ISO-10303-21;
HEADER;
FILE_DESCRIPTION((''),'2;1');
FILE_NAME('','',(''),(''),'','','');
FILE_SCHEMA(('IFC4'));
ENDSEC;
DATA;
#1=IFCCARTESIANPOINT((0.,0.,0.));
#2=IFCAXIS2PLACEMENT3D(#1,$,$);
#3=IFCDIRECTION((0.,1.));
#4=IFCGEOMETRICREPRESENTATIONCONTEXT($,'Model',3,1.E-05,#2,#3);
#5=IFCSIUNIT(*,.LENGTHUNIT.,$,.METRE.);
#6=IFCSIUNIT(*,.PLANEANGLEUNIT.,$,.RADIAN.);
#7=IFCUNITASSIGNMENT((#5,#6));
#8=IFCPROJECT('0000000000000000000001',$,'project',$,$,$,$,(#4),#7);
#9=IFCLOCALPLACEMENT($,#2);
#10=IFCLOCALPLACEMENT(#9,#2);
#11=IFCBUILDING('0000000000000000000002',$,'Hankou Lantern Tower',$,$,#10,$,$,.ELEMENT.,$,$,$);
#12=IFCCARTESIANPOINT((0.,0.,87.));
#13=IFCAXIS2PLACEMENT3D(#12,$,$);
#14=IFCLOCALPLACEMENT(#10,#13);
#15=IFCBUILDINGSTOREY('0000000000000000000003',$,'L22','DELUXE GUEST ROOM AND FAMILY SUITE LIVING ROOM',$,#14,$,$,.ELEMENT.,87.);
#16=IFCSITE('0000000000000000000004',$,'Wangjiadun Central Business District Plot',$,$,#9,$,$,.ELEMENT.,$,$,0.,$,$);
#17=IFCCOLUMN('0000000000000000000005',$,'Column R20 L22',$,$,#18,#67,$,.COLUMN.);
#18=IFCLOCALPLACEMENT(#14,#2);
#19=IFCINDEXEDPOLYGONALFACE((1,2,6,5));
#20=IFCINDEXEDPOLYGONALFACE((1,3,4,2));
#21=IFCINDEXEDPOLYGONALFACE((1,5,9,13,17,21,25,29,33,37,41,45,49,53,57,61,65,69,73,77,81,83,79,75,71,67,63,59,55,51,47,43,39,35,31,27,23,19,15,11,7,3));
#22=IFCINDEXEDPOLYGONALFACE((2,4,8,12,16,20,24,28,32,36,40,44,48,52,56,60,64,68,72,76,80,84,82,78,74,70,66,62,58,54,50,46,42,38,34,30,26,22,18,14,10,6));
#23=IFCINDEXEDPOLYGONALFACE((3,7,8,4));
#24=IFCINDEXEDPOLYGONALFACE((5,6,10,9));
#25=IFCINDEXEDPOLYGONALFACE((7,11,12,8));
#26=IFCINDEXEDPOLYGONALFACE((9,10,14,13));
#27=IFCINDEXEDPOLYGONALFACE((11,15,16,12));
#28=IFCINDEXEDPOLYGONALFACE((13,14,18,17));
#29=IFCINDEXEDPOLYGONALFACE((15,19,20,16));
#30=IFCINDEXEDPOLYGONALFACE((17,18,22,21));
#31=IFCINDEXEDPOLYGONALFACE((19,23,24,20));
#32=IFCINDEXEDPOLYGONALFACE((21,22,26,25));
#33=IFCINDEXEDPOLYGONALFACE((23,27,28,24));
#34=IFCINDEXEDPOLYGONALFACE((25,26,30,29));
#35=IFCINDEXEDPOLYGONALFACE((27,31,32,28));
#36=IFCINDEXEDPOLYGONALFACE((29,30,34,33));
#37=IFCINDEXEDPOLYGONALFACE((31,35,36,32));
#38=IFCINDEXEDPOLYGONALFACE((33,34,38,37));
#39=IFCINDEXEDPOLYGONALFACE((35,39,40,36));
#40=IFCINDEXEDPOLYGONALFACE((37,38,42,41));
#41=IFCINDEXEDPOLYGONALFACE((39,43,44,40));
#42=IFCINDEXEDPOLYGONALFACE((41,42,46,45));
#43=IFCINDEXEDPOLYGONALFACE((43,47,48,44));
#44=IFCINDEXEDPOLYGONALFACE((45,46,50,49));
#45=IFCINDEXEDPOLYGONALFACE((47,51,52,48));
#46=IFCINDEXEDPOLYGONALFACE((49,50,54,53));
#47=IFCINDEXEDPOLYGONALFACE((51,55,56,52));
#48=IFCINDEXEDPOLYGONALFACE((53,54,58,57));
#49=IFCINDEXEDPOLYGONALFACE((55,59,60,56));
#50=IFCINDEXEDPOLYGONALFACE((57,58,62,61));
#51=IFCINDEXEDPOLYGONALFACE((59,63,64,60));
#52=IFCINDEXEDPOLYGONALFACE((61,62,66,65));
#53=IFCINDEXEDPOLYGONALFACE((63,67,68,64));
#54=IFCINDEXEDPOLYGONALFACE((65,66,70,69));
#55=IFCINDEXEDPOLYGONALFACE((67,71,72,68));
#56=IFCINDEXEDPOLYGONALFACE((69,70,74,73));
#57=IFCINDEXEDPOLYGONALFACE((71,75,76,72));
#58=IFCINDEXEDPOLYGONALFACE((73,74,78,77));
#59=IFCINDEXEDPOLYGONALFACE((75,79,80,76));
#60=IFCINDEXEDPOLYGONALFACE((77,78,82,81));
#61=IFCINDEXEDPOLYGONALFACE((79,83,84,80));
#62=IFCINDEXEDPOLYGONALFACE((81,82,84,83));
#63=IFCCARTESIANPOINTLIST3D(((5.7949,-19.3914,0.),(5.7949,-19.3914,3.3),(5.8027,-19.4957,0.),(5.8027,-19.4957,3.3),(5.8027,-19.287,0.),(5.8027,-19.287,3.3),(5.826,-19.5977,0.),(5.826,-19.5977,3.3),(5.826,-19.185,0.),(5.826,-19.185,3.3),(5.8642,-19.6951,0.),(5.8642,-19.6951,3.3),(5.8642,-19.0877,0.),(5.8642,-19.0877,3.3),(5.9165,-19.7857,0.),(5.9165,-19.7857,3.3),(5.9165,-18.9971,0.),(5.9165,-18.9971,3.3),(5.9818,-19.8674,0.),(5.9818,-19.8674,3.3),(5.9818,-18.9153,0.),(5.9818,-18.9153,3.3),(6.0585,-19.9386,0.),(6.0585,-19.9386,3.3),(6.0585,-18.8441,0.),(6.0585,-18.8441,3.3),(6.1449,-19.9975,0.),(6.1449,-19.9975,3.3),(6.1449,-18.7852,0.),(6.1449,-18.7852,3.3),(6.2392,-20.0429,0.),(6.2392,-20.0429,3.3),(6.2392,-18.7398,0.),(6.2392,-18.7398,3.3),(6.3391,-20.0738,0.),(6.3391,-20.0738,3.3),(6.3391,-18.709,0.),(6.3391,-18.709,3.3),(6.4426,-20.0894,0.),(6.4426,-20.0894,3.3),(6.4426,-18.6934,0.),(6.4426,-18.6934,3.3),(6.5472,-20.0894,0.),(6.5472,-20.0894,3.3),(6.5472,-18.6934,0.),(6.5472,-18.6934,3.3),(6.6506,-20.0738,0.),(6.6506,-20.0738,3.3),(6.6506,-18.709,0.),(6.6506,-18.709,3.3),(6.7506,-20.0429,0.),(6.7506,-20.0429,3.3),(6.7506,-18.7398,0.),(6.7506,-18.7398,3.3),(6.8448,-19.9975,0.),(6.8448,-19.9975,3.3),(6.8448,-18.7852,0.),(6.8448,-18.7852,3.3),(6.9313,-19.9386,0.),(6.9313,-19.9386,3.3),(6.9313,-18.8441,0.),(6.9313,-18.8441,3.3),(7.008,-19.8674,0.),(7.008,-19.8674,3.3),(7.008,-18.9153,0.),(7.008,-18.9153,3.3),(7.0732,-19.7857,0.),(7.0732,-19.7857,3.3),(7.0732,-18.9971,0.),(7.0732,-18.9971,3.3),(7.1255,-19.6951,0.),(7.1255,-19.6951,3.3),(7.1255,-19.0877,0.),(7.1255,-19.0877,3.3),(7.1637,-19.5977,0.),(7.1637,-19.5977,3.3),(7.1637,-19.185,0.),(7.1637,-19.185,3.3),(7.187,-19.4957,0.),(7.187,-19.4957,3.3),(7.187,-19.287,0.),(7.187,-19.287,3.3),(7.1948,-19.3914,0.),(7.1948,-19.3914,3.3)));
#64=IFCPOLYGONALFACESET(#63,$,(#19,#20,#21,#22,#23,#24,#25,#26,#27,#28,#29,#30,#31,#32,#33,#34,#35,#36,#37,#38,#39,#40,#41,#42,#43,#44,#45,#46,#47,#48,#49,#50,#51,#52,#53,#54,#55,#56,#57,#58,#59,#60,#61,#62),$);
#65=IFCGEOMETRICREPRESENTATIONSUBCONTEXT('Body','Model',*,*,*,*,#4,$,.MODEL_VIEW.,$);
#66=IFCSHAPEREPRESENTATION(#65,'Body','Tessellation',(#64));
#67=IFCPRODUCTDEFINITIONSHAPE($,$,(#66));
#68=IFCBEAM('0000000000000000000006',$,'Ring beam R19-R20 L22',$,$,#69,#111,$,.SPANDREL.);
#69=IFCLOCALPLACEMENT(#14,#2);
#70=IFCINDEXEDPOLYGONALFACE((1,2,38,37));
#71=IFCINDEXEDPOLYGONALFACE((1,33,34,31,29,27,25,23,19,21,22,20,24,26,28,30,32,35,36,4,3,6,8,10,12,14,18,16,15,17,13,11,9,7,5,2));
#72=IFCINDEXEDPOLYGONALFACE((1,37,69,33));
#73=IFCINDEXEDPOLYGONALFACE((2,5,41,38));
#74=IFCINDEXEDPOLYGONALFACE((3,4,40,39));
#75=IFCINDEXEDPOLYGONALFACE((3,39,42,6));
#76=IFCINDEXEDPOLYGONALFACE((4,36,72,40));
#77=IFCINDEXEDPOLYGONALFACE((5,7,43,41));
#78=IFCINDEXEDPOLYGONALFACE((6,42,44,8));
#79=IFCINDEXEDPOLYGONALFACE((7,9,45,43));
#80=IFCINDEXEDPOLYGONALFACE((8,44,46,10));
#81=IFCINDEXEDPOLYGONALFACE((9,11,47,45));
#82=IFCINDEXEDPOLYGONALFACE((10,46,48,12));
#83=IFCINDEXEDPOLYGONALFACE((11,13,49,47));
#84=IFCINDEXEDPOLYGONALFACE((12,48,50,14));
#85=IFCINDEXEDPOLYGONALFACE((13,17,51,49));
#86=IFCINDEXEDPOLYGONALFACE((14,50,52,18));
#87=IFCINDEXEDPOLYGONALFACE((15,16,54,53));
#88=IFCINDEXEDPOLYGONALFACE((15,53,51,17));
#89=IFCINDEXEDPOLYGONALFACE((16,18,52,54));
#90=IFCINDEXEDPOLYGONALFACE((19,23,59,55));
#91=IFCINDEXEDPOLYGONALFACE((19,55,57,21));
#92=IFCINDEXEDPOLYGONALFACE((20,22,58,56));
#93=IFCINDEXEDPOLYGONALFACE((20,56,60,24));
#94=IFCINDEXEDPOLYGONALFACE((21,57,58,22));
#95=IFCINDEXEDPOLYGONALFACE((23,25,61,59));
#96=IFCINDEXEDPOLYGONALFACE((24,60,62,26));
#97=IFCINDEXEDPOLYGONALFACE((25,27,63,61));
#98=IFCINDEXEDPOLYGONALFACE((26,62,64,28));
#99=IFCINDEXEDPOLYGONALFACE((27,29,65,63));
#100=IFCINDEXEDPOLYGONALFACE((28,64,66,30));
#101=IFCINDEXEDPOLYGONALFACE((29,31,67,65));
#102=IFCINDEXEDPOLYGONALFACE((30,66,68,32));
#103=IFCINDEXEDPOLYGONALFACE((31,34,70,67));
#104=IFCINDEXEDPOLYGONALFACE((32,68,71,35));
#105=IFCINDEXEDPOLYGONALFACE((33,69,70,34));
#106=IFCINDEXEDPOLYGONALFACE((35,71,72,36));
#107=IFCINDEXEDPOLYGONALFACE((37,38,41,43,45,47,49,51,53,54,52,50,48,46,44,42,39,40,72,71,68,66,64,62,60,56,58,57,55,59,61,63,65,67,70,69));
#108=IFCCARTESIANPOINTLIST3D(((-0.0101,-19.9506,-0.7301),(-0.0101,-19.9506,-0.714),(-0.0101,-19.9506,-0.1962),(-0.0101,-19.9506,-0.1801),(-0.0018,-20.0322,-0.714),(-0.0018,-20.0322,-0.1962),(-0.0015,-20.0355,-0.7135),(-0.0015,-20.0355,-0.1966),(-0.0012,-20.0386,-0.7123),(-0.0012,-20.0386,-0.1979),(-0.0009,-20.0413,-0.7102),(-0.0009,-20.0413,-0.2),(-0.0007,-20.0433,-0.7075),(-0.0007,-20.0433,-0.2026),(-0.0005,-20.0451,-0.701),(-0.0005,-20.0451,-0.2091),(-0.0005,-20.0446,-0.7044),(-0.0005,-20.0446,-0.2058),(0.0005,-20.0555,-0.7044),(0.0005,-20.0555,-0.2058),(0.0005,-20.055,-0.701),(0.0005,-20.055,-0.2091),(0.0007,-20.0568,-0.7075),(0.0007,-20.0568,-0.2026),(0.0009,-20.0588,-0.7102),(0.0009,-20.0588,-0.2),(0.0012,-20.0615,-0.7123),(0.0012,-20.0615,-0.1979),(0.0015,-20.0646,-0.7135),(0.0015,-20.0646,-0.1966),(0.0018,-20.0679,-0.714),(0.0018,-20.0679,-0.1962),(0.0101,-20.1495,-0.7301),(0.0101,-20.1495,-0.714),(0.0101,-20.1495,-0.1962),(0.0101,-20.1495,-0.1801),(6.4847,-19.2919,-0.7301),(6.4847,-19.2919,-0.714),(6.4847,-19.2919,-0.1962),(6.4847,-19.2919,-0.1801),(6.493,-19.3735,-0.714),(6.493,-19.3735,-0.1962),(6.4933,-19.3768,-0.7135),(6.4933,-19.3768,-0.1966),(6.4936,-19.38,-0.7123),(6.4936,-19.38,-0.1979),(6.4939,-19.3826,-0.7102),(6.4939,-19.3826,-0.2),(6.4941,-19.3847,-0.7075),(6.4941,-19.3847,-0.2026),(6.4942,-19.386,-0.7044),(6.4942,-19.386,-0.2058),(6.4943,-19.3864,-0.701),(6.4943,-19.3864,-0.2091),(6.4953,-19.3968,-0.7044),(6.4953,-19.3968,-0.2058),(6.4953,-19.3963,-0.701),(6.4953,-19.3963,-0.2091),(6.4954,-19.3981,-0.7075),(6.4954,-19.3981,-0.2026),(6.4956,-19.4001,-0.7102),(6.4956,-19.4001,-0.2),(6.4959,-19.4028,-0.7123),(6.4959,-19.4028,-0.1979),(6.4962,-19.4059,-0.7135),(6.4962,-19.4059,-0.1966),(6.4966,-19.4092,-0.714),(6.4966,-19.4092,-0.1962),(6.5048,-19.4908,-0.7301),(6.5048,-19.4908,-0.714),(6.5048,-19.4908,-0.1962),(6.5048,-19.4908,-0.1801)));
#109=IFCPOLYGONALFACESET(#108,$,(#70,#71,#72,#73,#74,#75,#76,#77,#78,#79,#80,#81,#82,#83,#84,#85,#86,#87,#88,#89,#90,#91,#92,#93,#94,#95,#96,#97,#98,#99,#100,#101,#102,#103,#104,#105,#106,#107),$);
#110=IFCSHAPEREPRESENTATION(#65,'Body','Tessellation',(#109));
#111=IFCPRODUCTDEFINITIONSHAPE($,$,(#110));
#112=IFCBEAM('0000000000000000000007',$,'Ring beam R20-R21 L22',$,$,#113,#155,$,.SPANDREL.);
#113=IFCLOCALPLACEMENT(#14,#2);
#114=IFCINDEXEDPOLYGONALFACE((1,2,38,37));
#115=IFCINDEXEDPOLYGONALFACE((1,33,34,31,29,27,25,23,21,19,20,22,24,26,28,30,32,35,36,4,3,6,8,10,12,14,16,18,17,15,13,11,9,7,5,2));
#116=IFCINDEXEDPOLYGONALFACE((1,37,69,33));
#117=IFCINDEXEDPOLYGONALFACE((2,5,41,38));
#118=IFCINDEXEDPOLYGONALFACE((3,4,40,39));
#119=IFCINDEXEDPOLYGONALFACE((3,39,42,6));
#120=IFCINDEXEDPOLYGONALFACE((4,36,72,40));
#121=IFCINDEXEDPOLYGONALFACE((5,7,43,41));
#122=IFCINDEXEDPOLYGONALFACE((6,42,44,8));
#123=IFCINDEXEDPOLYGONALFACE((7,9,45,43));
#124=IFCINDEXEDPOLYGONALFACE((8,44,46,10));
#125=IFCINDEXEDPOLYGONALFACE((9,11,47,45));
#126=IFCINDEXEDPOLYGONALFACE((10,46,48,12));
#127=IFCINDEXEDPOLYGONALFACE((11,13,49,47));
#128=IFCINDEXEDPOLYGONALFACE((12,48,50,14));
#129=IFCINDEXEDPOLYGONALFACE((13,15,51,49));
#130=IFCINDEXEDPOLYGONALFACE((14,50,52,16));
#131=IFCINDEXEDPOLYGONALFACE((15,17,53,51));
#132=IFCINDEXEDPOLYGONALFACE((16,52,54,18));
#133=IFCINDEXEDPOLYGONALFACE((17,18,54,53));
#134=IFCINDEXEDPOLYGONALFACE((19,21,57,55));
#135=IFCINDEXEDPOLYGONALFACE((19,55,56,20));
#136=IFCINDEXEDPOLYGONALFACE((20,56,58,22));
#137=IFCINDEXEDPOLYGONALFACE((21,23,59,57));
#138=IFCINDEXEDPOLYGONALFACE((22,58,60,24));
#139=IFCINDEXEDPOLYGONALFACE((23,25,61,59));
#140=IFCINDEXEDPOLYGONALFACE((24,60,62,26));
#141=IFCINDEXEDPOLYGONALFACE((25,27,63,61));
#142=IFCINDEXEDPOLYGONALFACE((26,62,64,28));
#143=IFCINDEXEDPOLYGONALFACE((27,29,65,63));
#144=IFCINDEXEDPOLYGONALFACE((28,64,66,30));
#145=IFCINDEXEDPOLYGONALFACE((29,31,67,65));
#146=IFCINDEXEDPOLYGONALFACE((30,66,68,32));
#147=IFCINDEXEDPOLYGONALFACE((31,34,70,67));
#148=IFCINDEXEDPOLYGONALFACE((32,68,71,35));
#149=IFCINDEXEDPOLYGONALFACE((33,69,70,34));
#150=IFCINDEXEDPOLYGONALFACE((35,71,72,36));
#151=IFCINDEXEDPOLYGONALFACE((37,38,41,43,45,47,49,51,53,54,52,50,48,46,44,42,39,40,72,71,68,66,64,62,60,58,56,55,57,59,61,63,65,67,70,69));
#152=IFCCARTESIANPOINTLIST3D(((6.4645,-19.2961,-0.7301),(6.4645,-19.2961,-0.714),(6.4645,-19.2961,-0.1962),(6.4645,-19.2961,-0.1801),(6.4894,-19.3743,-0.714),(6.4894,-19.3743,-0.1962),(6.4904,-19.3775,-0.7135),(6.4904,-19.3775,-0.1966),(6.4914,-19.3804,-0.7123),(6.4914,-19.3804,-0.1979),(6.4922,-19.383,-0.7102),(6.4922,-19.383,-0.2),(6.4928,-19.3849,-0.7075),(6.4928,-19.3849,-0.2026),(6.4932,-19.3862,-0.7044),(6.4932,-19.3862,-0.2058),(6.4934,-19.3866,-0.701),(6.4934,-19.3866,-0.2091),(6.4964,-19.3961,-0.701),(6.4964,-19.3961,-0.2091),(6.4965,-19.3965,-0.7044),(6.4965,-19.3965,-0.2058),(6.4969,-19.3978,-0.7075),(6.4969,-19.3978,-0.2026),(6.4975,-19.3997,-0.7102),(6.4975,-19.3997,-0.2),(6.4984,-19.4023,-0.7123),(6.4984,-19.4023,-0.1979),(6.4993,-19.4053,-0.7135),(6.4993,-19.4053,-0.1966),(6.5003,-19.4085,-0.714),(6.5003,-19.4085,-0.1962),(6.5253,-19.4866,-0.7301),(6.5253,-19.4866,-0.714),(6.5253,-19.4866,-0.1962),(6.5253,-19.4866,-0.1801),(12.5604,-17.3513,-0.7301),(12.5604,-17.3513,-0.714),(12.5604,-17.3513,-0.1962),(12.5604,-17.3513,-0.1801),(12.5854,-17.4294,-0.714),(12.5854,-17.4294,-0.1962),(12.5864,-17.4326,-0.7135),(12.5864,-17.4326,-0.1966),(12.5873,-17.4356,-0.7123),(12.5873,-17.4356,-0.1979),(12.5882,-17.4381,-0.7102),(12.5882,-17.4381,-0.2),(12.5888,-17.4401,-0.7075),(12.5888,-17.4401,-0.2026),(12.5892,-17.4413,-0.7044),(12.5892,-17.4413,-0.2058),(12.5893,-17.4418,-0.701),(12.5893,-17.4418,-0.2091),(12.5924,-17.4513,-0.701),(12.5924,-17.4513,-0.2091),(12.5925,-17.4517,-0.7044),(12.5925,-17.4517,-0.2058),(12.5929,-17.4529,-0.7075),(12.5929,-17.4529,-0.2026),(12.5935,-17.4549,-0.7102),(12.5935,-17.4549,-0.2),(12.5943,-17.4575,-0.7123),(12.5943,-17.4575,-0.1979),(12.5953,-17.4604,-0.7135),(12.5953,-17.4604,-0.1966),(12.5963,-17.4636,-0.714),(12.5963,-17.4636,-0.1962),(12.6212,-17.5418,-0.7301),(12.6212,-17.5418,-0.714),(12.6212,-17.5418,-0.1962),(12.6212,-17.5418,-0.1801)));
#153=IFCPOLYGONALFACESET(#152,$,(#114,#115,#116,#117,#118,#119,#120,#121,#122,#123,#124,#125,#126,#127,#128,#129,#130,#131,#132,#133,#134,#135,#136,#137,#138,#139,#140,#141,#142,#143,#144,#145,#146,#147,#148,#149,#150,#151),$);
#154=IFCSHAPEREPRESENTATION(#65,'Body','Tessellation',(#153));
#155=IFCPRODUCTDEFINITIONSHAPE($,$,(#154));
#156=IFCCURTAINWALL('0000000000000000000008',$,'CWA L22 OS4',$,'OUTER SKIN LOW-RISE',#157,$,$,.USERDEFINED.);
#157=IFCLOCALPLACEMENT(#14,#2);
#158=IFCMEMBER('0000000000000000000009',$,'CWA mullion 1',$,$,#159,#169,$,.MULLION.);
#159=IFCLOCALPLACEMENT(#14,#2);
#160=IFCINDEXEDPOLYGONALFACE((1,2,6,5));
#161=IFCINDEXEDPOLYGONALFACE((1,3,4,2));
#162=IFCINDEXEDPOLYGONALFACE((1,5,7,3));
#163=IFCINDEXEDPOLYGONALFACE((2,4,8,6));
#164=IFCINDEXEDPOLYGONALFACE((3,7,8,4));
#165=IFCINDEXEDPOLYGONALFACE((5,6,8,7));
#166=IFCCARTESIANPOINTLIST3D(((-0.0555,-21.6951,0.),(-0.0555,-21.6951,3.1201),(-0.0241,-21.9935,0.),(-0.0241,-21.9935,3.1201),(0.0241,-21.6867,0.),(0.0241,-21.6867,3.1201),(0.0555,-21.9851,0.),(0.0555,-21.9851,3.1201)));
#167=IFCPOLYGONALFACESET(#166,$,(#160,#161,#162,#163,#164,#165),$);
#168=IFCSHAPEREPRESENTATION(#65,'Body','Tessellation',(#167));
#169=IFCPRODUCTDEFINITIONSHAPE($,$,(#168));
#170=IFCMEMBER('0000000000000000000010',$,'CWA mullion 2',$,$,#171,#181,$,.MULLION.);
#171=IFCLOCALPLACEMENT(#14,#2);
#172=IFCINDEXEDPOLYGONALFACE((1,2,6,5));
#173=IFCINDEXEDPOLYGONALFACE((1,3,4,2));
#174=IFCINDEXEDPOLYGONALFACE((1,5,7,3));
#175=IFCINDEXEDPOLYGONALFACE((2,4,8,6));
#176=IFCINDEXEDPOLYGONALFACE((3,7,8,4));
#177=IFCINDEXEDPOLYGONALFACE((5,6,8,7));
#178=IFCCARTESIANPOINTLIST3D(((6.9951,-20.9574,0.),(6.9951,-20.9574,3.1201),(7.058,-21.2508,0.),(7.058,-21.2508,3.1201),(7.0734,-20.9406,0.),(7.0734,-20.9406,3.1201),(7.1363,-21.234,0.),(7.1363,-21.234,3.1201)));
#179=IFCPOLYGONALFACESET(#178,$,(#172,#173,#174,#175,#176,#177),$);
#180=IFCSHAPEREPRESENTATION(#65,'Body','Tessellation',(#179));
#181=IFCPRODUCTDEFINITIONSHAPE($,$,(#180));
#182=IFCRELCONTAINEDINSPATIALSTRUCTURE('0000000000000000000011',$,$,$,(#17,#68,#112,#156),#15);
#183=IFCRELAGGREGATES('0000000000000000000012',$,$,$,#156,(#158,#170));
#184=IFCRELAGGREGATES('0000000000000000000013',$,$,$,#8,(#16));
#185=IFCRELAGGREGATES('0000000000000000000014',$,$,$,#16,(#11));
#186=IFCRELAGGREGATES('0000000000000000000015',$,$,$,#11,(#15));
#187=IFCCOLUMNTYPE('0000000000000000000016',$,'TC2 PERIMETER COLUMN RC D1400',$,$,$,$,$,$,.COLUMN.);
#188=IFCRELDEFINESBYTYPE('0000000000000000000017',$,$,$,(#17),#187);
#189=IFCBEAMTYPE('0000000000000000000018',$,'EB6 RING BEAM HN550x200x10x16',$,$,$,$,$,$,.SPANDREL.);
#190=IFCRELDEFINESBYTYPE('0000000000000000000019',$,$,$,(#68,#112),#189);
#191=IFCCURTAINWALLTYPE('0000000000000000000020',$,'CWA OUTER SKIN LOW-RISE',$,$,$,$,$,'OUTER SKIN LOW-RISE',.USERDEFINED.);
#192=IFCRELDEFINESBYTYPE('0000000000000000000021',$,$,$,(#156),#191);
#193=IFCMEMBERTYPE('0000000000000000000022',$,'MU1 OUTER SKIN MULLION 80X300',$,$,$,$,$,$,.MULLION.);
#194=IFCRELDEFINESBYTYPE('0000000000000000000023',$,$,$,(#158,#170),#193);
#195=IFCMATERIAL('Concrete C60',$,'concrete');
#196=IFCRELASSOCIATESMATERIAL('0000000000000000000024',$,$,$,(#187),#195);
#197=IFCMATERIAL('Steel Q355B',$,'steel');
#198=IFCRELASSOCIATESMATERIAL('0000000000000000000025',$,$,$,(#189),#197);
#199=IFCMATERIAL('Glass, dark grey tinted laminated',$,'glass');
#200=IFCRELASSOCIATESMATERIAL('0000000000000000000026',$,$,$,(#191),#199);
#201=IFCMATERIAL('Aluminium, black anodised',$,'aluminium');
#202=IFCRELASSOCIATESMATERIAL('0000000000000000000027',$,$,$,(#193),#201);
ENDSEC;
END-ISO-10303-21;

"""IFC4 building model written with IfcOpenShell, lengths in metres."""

from ifc_helpers import new_model, si_unit, direction, frame, origin, origin_2d, place, context, subcontext, project, spatial, rectangle, circle, i_section, extrude, material, material_profile, profile_set, type_object, element, aggregate, save


model = new_model("IFC4")

# Units and contexts
model_context = context("Model", 3, precision=1e-05, world=origin(), true_north=direction((0.0, 1.0)))
body_context = subcontext(model_context, "Body", "Model", "MODEL_VIEW")
ifc_project = project(units=[si_unit("LENGTHUNIT", "METRE"), si_unit("PLANEANGLEUNIT", "RADIAN")], contexts=[model_context])

# Site, building, storey
site_placement = place(None, origin())
site = spatial("IfcSite", under=ifc_project, at=site_placement, Name="Wangjiadun Central Business District Plot", CompositionType="ELEMENT", RefElevation=0.0)
building_placement = place(site_placement, origin())
building = spatial("IfcBuilding", under=site, at=building_placement, Name="Hankou Lantern Tower", CompositionType="ELEMENT")
storey_placement = place(building_placement, frame((0.0, 0.0, 87.0)))
storey = spatial("IfcBuildingStorey", under=building, at=storey_placement, Name="L22", Description="DELUXE GUEST ROOM AND FAMILY SUITE LIVING ROOM", CompositionType="ELEMENT", Elevation=87.0)

# Column
ifc_material_1 = material(Name="Concrete C60", Category="concrete")
ifc_material_profile_1 = material_profile(ifc_material_1, circle(Radius=0.7, at=origin_2d()), Name="RC D1400")
ifc_profile_set_1 = profile_set([ifc_material_profile_1], Name="Concrete C60")
column_type = type_object("IfcColumnType", Name="TC2 PERIMETER COLUMN RC D1400", PredefinedType="COLUMN", material=ifc_profile_set_1)
column_placement = place(storey_placement, frame((6.4949, -19.3914, 0.0), z_axis=(0.0, 0.0, 1.0), x_axis=(1.0, 0.0, 0.0)))
element("IfcColumn", 1, at=column_placement, inside=storey, type_object=column_type, Name="Column R20 L22", PredefinedType="COLUMN", context=body_context, shape_type="SweptSolid", body=[
    extrude(circle(Radius=0.7, at=origin_2d()), origin(), (0.0, 0.0, 1.0), 3.3),
])

# Beams
ifc_material_2 = material(Name="Steel Q355B", Category="steel")
ifc_material_profile_2 = material_profile(ifc_material_2, i_section(OverallWidth=0.2, OverallDepth=0.55, WebThickness=0.01, FlangeThickness=0.0161, FilletRadius=0.0129, at=origin_2d()), Name="HN550x200x10x16")
ifc_profile_set_2 = profile_set([ifc_material_profile_2], Name="Steel Q355B")
beam_type_1 = type_object("IfcBeamType", Name="EB6 RING BEAM HN550x200x10x16", PredefinedType="SPANDREL", material=ifc_profile_set_2)
beam_1_placement = place(storey_placement, frame((0.0, -20.05, -0.4551), z_axis=(0.994897, 0.1009, 0.0), x_axis=(-0.1009, 0.994897, 0.0)))
element("IfcBeam", 2, at=beam_1_placement, inside=storey, type_object=beam_type_1, Name="Ring beam R19-R20 L22", PredefinedType="SPANDREL", context=body_context, shape_type="SweptSolid", body=[
    extrude(i_section(OverallWidth=0.2, OverallDepth=0.55, WebThickness=0.01, FlangeThickness=0.0161, FilletRadius=0.0129, at=origin_2d()), origin(), (0.0, 0.0, 1.0), 6.5281),
])
beam_2_placement = place(storey_placement, frame((6.4949, -19.3914, -0.4551), z_axis=(0.95269, 0.303942, 0.0), x_axis=(-0.303942, 0.95269, 0.0)))
element("IfcBeam", 3, at=beam_2_placement, inside=storey, type_object=beam_type_1, Name="Ring beam R20-R21 L22", PredefinedType="SPANDREL", context=body_context, shape_type="SweptSolid", body=[
    extrude(i_section(OverallWidth=0.2, OverallDepth=0.55, WebThickness=0.01, FlangeThickness=0.0161, FilletRadius=0.0129, at=origin_2d()), origin(), (0.0, 0.0, 1.0), 6.3987),
])

# Curtain wall, members
ifc_material_3 = material(Name="Glass, dark grey tinted laminated", Category="glass")
curtain_wall_type = type_object("IfcCurtainWallType", Name="CWA OUTER SKIN LOW-RISE", ElementType="OUTER SKIN LOW-RISE", PredefinedType="USERDEFINED", material=ifc_material_3)
curtain_wall_placement = place(storey_placement, origin())
curtain_wall = element("IfcCurtainWall", 4, at=curtain_wall_placement, inside=storey, type_object=curtain_wall_type, Name="CWA L22 OS4", ObjectType="OUTER SKIN LOW-RISE", PredefinedType="USERDEFINED")
ifc_material_4 = material(Name="Aluminium, black anodised", Category="aluminium")
ifc_material_profile_3 = material_profile(ifc_material_4, rectangle(XDim=0.0801, YDim=0.3, at=origin_2d()), Name="MU1 80X300")
ifc_profile_set_3 = profile_set([ifc_material_profile_3], Name="Aluminium, black anodised")
member_type_1 = type_object("IfcMemberType", Name="MU1 OUTER SKIN MULLION 80X300", PredefinedType="MULLION", material=ifc_profile_set_3)
member_1_placement = place(storey_placement, frame((0.0, -21.8401, 0.0), z_axis=(0.0, 0.0, 1.0), x_axis=(0.994499, 0.104743, 0.0)))
member_1 = element("IfcMember", 5, at=member_1_placement, type_object=member_type_1, Name="CWA mullion 1", PredefinedType="MULLION", context=body_context, shape_type="SweptSolid", body=[
    extrude(rectangle(XDim=0.0801, YDim=0.3, at=origin_2d()), origin(), (0.0, 0.0, 1.0), 3.1201),
])
member_2_placement = place(storey_placement, frame((7.0657, -21.0957, 0.0), z_axis=(0.0, 0.0, 1.0), x_axis=(0.977788, 0.209598, 0.0)))
member_2 = element("IfcMember", 6, at=member_2_placement, type_object=member_type_1, Name="CWA mullion 2", PredefinedType="MULLION", context=body_context, shape_type="SweptSolid", body=[
    extrude(rectangle(XDim=0.0801, YDim=0.3, at=origin_2d()), origin(), (0.0, 0.0, 1.0), 3.1201),
])

aggregate(curtain_wall, [member_1, member_2])

save(model, "model.ifc")
